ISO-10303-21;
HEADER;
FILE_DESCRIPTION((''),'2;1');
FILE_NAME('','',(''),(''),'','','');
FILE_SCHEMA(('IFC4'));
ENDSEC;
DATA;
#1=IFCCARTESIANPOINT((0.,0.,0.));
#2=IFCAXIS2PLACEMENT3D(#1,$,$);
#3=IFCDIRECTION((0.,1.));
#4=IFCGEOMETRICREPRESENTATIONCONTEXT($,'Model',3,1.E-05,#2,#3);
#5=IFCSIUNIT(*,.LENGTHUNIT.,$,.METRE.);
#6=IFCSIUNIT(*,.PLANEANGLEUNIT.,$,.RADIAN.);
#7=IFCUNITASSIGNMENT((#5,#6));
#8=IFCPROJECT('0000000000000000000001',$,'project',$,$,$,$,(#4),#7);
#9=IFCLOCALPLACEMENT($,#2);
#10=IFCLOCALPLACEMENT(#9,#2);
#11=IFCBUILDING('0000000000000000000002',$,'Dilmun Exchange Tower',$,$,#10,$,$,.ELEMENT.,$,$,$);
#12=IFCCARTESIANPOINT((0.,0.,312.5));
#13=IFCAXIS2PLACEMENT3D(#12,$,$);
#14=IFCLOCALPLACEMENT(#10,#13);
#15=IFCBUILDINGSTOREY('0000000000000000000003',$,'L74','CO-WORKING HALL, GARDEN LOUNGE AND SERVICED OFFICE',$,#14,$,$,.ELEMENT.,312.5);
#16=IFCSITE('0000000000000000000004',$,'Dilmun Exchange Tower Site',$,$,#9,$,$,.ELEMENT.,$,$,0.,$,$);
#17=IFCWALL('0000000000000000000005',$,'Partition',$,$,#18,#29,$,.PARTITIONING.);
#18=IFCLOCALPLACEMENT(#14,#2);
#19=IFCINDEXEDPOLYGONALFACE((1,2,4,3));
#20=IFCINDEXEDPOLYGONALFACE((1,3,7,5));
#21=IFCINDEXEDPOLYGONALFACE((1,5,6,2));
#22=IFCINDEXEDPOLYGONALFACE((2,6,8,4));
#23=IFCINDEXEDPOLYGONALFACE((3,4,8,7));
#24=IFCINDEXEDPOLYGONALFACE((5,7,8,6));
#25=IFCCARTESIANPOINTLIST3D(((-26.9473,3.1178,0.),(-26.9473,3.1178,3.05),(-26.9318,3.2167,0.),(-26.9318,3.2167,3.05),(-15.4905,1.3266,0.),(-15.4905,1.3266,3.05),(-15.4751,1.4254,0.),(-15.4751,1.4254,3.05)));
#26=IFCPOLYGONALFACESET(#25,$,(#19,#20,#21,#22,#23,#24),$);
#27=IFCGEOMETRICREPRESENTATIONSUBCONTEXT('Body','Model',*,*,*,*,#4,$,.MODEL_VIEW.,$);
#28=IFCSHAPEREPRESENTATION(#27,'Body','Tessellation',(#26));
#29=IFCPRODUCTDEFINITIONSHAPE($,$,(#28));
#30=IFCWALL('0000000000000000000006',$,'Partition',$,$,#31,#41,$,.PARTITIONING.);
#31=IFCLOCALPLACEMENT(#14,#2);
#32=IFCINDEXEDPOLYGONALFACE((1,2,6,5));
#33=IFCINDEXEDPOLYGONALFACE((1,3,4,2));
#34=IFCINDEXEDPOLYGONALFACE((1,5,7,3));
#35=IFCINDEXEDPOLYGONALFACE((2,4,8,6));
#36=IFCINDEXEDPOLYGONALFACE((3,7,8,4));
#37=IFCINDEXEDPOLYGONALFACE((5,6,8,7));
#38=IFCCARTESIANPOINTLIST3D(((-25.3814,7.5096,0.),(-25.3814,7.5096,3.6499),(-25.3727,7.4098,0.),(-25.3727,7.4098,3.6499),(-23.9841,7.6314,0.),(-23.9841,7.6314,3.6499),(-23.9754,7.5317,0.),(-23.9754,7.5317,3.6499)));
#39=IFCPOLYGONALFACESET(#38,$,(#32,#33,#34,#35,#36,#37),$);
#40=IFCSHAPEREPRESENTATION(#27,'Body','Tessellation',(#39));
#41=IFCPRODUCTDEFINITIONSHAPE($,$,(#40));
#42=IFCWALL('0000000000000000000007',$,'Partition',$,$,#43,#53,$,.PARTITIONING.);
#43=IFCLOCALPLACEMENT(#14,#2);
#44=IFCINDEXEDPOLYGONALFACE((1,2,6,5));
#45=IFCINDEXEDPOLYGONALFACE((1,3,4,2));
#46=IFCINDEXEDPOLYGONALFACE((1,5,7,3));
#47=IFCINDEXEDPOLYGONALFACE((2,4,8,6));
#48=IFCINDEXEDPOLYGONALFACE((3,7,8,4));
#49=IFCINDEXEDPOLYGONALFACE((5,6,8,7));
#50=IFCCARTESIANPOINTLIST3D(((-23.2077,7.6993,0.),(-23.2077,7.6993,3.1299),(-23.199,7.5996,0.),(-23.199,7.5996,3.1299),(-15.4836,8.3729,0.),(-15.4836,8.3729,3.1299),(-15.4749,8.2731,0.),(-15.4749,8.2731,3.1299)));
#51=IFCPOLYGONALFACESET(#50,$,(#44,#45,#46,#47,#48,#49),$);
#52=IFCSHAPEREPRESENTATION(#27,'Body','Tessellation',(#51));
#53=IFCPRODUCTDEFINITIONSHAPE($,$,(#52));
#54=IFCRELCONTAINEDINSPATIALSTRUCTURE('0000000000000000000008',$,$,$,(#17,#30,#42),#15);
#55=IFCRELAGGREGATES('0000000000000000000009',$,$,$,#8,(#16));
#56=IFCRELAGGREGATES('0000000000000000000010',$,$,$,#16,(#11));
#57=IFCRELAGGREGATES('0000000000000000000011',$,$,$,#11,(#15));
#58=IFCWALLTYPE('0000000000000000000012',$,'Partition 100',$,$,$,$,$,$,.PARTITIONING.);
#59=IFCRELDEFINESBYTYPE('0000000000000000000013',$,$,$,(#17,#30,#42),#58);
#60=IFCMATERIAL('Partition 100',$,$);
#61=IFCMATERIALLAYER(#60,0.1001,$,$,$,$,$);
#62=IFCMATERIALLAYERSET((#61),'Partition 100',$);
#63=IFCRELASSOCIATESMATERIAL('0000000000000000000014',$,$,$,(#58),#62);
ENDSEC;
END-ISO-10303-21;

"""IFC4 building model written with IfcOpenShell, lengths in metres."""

from ifc_helpers import new_model, si_unit, direction, frame, frame_2d, origin, place, context, subcontext, project, spatial, rectangle, extrude, material, layer, layer_set, type_object, element, save


model = new_model("IFC4")

# Units and contexts
model_context = context("Model", 3, precision=1e-05, world=origin(), true_north=direction((0.0, 1.0)))
body_context = subcontext(model_context, "Body", "Model", "MODEL_VIEW")
ifc_project = project(units=[si_unit("LENGTHUNIT", "METRE"), si_unit("PLANEANGLEUNIT", "RADIAN")], contexts=[model_context])

# Site, building, storey
site_placement = place(None, origin())
site = spatial("IfcSite", under=ifc_project, at=site_placement, Name="Dilmun Exchange Tower Site", CompositionType="ELEMENT", RefElevation=0.0)
building_placement = place(site_placement, origin())
building = spatial("IfcBuilding", under=site, at=building_placement, Name="Dilmun Exchange Tower", CompositionType="ELEMENT")
storey_placement = place(building_placement, frame((0.0, 0.0, 312.5)))
storey = spatial("IfcBuildingStorey", under=building, at=storey_placement, Name="L74", Description="CO-WORKING HALL, GARDEN LOUNGE AND SERVICED OFFICE", CompositionType="ELEMENT", Elevation=312.5)

# Walls
ifc_material_1 = material(Name="Partition 100")
ifc_layer_1 = layer(ifc_material_1, 0.1001)
ifc_layer_set_1 = layer_set([ifc_layer_1], Name="Partition 100")
wall_type_1 = type_object("IfcWallType", Name="Partition 100", PredefinedType="PARTITIONING", material=ifc_layer_set_1)
wall_1_placement = place(storey_placement, frame((-26.9395, 3.1672, 0.0), z_axis=(0.0, 0.0, 1.0), x_axis=(0.987997, -0.154473, 0.0)))
element("IfcWall", 1, at=wall_1_placement, inside=storey, type_object=wall_type_1, Name="Partition", PredefinedType="PARTITIONING", context=body_context, shape_type="SweptSolid", body=[
    extrude(rectangle(XDim=11.5959, YDim=0.1001, at=frame_2d((5.7979, 0.0))), origin(), (0.0, 0.0, 1.0), 3.05),
])
wall_2_placement = place(storey_placement, frame((-25.377, 7.4597, 0.0), z_axis=(0.0, 0.0, 1.0), x_axis=(0.99622, 0.086862, 0.0)))
element("IfcWall", 2, at=wall_2_placement, inside=storey, type_object=wall_type_1, Name="Partition", PredefinedType="PARTITIONING", context=body_context, shape_type="SweptSolid", body=[
    extrude(rectangle(XDim=1.4026, YDim=0.1001, at=frame_2d((0.7012, 0.0))), origin(), (0.0, 0.0, 1.0), 3.6499),
])
wall_3_placement = place(storey_placement, frame((-23.2034, 7.6494, 0.0), z_axis=(0.0, 0.0, 1.0), x_axis=(0.996219, 0.086876, 0.0)))
element("IfcWall", 3, at=wall_3_placement, inside=storey, type_object=wall_type_1, Name="Partition", PredefinedType="PARTITIONING", context=body_context, shape_type="SweptSolid", body=[
    extrude(rectangle(XDim=7.7534, YDim=0.1001, at=frame_2d((3.8767, 0.0))), origin(), (0.0, 0.0, 1.0), 3.1299),
])

save(model, "model.ifc")
